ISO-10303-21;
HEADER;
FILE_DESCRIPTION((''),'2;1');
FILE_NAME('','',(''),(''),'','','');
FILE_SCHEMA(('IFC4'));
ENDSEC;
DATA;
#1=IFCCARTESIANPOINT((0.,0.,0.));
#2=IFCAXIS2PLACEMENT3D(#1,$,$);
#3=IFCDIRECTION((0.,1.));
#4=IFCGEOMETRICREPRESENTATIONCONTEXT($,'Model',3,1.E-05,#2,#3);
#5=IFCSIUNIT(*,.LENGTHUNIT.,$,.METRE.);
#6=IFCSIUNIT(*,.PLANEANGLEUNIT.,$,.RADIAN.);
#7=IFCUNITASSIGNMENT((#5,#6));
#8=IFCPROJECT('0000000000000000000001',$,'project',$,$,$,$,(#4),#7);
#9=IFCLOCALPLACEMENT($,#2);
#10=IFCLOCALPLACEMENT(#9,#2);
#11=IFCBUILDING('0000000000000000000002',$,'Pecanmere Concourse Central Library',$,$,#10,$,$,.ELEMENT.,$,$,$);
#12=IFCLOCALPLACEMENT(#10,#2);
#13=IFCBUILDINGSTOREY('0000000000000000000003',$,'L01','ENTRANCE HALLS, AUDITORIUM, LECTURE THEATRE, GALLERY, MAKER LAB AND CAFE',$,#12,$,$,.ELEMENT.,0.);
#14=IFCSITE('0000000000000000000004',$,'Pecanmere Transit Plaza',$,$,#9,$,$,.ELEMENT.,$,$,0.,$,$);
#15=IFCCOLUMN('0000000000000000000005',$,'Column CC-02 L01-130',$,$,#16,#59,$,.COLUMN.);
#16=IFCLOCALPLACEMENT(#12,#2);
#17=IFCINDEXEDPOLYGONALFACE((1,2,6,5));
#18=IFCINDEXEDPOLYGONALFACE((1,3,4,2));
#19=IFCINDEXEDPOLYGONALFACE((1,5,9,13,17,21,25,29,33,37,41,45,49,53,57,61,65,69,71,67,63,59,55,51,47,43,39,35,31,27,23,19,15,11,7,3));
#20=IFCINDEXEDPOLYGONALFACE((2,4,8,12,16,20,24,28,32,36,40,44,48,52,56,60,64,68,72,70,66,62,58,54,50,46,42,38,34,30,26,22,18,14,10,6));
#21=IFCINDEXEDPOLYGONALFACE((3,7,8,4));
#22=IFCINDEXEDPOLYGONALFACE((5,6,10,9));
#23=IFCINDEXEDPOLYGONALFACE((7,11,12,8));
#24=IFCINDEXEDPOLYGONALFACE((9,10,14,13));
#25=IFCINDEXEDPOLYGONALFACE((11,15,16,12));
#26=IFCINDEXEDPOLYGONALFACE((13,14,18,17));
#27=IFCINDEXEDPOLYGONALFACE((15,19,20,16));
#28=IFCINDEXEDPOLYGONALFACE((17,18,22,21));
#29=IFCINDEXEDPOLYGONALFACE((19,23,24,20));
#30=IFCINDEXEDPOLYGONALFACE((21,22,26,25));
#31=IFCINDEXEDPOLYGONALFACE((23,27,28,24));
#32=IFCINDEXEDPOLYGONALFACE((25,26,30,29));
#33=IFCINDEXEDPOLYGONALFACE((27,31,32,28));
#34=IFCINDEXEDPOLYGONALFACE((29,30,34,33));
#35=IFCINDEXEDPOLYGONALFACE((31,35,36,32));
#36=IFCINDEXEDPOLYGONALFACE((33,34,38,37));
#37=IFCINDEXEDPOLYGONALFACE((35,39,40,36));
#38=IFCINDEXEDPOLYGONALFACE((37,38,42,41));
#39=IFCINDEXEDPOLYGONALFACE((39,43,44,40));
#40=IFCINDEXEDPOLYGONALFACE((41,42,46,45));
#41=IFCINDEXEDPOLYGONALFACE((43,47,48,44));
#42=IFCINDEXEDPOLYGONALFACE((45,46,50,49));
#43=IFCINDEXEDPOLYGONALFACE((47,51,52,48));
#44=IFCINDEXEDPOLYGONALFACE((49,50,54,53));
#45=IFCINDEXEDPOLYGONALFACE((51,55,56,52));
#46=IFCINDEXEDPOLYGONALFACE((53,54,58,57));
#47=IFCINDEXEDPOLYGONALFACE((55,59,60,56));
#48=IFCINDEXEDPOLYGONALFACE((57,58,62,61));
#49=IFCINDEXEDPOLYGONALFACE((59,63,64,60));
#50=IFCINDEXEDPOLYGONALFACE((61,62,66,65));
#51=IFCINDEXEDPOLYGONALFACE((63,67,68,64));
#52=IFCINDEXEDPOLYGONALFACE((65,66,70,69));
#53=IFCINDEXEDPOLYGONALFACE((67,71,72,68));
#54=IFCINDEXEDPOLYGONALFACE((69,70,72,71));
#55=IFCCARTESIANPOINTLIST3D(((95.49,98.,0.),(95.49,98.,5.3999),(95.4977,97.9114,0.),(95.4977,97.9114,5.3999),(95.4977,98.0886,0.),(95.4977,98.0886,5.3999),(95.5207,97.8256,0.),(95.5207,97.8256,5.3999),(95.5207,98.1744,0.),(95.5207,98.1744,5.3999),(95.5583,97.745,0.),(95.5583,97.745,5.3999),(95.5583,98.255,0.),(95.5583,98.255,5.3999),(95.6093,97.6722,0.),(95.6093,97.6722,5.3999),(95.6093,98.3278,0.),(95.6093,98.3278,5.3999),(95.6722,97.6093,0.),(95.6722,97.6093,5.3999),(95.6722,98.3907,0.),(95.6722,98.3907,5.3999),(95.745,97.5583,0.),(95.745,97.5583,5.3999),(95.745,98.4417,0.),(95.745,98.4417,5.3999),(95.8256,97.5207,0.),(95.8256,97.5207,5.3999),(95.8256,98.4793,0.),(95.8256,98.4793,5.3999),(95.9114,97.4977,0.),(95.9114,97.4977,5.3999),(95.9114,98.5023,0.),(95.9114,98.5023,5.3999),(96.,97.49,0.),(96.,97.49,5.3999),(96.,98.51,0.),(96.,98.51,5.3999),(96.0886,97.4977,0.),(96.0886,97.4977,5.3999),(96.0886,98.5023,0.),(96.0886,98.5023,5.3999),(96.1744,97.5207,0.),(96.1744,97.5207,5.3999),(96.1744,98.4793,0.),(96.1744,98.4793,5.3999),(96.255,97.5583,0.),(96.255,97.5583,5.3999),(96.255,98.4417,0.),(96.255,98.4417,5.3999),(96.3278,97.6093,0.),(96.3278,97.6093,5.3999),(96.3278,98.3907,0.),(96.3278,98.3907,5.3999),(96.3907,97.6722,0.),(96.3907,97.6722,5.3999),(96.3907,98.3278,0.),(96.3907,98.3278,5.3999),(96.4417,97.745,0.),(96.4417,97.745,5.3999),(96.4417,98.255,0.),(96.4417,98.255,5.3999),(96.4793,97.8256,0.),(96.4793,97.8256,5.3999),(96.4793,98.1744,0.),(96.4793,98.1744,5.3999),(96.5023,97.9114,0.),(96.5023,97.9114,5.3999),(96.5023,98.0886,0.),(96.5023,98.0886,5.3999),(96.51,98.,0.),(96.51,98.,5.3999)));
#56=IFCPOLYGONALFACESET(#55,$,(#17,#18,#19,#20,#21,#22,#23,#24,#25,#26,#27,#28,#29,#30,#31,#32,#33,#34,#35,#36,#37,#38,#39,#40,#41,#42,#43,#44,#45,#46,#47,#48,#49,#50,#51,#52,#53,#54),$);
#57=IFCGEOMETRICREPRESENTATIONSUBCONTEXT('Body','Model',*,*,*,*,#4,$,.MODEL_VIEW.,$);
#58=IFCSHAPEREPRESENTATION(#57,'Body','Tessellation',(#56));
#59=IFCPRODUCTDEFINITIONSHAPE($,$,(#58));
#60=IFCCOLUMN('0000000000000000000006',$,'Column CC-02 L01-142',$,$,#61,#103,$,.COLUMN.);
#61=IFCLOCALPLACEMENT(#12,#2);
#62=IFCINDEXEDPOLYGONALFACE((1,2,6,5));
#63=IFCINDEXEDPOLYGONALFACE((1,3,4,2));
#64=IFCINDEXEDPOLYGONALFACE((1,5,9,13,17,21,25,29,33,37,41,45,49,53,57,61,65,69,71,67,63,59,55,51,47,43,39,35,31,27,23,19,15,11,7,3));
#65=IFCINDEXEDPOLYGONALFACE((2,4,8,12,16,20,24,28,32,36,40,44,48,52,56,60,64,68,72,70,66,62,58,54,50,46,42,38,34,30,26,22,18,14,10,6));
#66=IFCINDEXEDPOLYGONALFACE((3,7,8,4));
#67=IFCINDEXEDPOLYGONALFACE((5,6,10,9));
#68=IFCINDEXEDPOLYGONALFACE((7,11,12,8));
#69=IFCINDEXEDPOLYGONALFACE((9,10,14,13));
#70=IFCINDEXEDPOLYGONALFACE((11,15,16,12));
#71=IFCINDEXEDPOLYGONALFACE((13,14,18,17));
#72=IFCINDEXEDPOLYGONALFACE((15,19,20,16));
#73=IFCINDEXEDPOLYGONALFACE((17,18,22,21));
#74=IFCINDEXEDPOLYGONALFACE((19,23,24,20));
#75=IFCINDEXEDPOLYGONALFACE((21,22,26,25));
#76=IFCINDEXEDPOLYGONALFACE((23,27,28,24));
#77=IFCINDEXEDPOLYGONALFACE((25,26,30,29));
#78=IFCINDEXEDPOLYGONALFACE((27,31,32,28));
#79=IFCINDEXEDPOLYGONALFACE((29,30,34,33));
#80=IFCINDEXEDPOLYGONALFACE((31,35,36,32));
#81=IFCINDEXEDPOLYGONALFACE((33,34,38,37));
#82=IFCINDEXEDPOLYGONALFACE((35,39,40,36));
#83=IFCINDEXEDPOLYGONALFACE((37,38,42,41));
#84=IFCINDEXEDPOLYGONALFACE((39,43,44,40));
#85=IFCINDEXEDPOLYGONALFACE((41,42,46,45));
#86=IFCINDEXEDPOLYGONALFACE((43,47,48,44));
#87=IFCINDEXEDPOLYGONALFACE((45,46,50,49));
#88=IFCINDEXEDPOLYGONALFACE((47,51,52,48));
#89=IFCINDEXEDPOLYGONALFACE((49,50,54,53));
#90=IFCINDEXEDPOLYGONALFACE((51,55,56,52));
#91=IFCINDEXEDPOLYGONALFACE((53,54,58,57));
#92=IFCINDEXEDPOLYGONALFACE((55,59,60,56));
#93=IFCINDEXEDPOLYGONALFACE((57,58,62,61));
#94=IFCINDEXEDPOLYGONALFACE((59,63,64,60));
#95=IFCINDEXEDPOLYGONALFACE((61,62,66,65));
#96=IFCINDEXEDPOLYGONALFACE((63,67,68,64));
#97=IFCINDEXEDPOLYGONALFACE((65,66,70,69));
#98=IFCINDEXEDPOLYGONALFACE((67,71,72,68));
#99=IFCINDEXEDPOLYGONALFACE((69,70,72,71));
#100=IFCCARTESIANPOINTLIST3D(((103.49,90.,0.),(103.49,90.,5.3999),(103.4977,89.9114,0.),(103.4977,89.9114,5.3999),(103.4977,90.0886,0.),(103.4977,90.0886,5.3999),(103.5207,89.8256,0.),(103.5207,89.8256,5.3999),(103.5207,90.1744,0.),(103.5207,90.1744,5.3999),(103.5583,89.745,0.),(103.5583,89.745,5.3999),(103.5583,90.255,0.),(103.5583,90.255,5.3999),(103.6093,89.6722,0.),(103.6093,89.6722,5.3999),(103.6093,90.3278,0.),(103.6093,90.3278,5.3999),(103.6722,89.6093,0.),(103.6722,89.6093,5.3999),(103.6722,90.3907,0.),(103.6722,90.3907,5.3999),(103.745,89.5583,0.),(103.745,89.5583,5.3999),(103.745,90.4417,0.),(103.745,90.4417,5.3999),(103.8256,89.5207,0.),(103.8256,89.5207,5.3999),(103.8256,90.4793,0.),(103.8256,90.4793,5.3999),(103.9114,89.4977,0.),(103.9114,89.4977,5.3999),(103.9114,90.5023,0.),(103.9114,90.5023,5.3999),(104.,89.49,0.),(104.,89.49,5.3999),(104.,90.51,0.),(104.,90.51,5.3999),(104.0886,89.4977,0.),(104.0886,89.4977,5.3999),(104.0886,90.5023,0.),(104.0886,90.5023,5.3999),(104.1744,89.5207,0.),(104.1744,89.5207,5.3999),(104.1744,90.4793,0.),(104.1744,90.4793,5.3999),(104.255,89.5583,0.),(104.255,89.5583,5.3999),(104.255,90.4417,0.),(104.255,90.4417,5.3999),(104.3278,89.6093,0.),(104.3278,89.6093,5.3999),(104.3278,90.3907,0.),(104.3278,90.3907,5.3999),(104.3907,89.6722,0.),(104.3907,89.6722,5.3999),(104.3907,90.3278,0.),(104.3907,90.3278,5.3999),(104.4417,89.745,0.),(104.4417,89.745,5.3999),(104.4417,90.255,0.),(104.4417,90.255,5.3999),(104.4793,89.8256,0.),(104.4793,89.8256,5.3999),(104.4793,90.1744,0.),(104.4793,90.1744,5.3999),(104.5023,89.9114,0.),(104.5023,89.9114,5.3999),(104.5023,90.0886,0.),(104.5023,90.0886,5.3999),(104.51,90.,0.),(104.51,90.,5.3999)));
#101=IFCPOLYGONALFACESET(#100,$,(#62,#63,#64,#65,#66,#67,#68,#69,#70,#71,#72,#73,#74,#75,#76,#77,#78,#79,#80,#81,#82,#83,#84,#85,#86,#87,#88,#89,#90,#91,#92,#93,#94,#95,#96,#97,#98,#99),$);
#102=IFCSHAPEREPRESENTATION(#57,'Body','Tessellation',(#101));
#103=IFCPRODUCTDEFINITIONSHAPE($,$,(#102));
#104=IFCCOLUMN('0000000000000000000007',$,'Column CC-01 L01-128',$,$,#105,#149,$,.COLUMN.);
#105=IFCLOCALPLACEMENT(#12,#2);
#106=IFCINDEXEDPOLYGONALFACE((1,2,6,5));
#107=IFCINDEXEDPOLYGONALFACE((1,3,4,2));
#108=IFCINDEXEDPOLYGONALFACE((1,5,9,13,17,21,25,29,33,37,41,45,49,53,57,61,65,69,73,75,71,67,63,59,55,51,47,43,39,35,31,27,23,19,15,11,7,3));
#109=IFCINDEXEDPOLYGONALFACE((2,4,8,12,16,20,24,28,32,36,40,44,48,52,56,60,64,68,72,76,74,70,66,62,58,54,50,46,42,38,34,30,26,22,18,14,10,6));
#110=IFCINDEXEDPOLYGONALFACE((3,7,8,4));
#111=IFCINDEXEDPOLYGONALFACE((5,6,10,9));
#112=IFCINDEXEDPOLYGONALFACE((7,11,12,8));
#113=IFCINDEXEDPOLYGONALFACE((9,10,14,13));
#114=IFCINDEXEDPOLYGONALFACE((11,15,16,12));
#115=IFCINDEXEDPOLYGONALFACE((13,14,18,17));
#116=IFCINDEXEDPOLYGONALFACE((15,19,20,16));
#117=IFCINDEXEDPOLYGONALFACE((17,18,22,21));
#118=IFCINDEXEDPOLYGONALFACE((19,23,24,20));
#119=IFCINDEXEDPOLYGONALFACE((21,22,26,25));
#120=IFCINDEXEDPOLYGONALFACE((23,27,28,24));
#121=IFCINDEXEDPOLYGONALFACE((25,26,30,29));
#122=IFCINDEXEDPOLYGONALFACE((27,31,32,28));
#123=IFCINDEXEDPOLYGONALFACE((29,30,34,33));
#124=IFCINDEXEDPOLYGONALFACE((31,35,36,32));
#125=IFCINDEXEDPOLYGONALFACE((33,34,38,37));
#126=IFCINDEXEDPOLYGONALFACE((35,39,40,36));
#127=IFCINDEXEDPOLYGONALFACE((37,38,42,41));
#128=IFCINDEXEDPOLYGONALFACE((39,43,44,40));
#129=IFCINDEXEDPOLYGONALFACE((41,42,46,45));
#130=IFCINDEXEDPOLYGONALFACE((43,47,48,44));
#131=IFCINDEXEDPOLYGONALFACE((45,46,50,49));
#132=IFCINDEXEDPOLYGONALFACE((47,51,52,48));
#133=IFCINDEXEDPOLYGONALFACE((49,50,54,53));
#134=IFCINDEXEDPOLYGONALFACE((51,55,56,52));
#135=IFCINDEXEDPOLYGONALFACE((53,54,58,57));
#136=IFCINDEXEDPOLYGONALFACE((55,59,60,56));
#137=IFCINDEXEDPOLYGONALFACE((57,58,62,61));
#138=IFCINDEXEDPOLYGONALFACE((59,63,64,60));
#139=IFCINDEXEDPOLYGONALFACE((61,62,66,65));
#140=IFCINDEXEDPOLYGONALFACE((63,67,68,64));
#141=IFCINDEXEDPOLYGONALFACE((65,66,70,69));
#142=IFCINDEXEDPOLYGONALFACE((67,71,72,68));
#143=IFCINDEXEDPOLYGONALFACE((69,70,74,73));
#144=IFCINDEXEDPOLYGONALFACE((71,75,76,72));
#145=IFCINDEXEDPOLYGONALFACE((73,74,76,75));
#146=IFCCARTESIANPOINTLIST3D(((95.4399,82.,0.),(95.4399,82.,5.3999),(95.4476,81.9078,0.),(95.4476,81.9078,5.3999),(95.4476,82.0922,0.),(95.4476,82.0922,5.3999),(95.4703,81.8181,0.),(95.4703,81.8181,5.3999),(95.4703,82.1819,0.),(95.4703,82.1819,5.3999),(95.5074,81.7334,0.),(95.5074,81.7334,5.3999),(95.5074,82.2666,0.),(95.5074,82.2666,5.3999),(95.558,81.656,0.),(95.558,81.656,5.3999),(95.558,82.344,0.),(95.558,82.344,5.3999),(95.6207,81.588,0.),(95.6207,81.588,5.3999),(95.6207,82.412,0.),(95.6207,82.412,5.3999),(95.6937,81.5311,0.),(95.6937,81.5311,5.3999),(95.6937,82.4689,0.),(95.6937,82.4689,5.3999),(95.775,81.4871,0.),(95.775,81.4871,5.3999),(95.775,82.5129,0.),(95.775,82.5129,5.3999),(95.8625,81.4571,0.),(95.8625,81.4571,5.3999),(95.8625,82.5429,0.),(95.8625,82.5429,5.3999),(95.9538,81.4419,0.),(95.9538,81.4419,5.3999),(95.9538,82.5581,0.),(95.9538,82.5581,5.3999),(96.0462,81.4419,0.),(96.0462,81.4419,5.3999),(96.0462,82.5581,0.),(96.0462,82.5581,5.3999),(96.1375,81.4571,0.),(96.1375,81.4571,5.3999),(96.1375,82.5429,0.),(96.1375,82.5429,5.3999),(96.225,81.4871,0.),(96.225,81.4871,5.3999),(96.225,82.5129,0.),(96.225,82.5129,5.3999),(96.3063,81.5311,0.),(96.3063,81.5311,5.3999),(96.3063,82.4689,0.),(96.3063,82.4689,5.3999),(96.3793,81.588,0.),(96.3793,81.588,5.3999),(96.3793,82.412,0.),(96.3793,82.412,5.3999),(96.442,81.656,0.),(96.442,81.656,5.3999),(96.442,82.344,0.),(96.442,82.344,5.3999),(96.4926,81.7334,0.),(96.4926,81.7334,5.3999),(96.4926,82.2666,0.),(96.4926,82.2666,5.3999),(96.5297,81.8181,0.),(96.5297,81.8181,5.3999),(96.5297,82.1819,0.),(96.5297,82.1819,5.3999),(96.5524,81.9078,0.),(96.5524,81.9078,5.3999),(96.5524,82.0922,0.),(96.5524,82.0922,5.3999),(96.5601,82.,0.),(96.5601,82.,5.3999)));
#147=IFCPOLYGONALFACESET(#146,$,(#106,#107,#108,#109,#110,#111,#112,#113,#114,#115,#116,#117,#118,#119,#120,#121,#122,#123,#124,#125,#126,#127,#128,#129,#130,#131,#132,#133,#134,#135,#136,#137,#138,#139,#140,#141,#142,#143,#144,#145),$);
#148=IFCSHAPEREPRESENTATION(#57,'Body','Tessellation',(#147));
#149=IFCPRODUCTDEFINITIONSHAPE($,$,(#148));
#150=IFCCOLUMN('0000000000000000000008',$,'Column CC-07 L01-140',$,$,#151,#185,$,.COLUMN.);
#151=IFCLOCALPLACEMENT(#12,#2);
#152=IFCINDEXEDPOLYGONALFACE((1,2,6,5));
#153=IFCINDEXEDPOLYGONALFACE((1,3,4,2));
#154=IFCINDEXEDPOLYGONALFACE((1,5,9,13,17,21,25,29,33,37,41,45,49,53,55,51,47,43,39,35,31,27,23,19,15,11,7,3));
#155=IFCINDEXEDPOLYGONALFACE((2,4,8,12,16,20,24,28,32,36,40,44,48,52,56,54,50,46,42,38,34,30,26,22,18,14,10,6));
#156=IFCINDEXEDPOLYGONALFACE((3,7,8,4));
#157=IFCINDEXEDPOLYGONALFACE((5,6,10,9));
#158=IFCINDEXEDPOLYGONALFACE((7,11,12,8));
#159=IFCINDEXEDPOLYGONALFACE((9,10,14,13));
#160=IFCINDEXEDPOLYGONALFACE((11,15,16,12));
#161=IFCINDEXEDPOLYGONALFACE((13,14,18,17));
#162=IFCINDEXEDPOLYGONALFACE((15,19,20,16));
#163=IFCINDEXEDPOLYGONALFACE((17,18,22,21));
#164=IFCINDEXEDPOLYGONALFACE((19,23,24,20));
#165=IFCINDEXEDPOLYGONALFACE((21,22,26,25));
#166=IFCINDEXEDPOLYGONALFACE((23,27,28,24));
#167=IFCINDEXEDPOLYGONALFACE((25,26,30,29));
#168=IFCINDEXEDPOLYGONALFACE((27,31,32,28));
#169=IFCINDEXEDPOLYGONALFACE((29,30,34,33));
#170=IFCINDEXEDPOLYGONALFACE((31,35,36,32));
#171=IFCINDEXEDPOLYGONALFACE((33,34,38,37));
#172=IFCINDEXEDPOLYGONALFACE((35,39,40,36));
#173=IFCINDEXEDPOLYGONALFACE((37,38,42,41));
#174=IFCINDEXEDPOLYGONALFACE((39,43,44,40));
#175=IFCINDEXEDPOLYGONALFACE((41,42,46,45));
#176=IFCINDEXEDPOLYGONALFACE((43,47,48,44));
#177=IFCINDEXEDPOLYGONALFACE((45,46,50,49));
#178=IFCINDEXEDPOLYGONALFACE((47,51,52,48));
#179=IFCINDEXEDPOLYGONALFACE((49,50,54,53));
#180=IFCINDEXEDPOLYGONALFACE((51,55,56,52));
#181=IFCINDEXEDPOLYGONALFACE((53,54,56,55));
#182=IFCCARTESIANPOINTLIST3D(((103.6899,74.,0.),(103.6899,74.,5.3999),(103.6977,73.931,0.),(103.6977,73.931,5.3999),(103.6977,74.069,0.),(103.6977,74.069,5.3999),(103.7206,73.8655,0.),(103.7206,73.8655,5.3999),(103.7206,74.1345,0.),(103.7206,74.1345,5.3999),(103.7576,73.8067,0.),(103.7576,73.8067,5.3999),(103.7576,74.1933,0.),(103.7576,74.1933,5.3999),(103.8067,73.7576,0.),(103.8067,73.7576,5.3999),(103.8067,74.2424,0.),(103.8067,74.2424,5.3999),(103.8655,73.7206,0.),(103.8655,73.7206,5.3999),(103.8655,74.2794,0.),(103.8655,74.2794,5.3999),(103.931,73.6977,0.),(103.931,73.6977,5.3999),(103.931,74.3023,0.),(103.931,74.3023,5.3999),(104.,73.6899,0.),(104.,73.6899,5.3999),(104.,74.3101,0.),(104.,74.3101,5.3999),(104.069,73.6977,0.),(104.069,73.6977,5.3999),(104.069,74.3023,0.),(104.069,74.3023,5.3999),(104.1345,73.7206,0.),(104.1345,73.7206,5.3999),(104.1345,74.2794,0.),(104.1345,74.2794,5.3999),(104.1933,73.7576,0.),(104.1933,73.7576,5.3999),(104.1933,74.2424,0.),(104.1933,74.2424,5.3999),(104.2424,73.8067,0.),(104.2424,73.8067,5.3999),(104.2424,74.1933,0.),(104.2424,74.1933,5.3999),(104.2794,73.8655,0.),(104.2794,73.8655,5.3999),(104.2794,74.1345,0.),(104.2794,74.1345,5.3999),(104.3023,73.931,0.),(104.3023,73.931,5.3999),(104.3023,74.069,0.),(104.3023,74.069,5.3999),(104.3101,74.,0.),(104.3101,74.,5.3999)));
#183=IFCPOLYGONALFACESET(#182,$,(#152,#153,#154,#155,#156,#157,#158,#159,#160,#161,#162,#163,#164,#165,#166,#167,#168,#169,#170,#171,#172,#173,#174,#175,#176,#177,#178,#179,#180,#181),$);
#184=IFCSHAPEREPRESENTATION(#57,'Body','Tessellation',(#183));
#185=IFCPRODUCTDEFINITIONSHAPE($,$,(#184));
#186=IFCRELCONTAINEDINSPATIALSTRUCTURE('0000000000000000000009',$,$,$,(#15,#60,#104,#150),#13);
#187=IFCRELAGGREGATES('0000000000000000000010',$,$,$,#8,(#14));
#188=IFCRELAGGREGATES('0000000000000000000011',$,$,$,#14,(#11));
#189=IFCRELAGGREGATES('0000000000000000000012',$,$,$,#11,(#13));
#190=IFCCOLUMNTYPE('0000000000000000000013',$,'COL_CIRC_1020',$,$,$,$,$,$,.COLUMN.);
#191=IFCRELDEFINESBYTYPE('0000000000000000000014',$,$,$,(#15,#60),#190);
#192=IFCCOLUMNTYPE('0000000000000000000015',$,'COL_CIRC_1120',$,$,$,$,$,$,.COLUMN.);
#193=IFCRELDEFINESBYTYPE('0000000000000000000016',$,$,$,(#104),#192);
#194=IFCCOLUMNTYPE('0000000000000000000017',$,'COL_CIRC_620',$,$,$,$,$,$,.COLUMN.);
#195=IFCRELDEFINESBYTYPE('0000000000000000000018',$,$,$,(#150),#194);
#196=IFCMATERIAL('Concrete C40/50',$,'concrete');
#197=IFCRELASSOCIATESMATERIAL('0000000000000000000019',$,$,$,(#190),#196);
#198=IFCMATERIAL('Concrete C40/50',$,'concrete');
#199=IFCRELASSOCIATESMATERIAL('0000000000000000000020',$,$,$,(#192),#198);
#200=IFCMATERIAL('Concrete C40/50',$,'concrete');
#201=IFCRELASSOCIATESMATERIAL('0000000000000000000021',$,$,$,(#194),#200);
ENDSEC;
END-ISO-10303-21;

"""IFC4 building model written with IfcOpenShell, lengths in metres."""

from ifc_helpers import new_model, si_unit, direction, frame, origin, origin_2d, place, context, subcontext, project, spatial, circle, extrude, material, material_profile, profile_set, type_object, element, save


model = new_model("IFC4")

# Units and contexts
model_context = context("Model", 3, precision=1e-05, world=origin(), true_north=direction((0.0, 1.0)))
body_context = subcontext(model_context, "Body", "Model", "MODEL_VIEW")
ifc_project = project(units=[si_unit("LENGTHUNIT", "METRE"), si_unit("PLANEANGLEUNIT", "RADIAN")], contexts=[model_context])

# Site, building, storey
site_placement = place(None, origin())
site = spatial("IfcSite", under=ifc_project, at=site_placement, Name="Pecanmere Transit Plaza", CompositionType="ELEMENT", RefElevation=0.0)
building_placement = place(site_placement, origin())
building = spatial("IfcBuilding", under=site, at=building_placement, Name="Pecanmere Concourse Central Library", CompositionType="ELEMENT")
storey_placement = place(building_placement, origin())
storey = spatial("IfcBuildingStorey", under=building, at=storey_placement, Name="L01", Description="ENTRANCE HALLS, AUDITORIUM, LECTURE THEATRE, GALLERY, MAKER LAB AND CAFE", CompositionType="ELEMENT", Elevation=0.0)

# Columns
ifc_material_1 = material(Name="Concrete C40/50", Category="concrete")
ifc_material_profile_1 = material_profile(ifc_material_1, circle(Radius=0.51, at=origin_2d()), Name="RC D1020")
ifc_profile_set_1 = profile_set([ifc_material_profile_1], Name="Concrete C40/50")
column_type_1 = type_object("IfcColumnType", Name="COL_CIRC_1020", PredefinedType="COLUMN", material=ifc_profile_set_1)
for number, where, z_axis, x_axis, name in (
    (1, (96.0, 98.0, 0.0), (0.0, 0.0, 1.0), (1.0, 0.0, 0.0), "Column CC-02 L01-130"),
    (2, (104.0, 90.0, 0.0), (0.0, 0.0, 1.0), (1.0, 0.0, 0.0), "Column CC-02 L01-142"),
):
    element("IfcColumn", number, at=place(storey_placement, frame(where, z_axis=z_axis, x_axis=x_axis)), inside=storey, type_object=column_type_1, Name=name, PredefinedType="COLUMN", context=body_context, shape_type="SweptSolid", body=[
        extrude(circle(Radius=0.51, at=origin_2d()), origin(), (0.0, 0.0, 1.0), 5.3999),
    ])
ifc_material_2 = material(Name="Concrete C40/50", Category="concrete")
ifc_material_profile_2 = material_profile(ifc_material_2, circle(Radius=0.5601, at=origin_2d()), Name="RC D1120")
ifc_profile_set_2 = profile_set([ifc_material_profile_2], Name="Concrete C40/50")
column_type_2 = type_object("IfcColumnType", Name="COL_CIRC_1120", PredefinedType="COLUMN", material=ifc_profile_set_2)
column_placement = place(storey_placement, frame((96.0, 82.0, 0.0), z_axis=(0.0, 0.0, 1.0), x_axis=(1.0, 0.0, 0.0)))
element("IfcColumn", 3, at=column_placement, inside=storey, type_object=column_type_2, Name="Column CC-01 L01-128", PredefinedType="COLUMN", context=body_context, shape_type="SweptSolid", body=[
    extrude(circle(Radius=0.5601, at=origin_2d()), origin(), (0.0, 0.0, 1.0), 5.3999),
])
ifc_material_3 = material(Name="Concrete C40/50", Category="concrete")
ifc_material_profile_3 = material_profile(ifc_material_3, circle(Radius=0.3101, at=origin_2d()), Name="RC D620")
ifc_profile_set_3 = profile_set([ifc_material_profile_3], Name="Concrete C40/50")
column_type_3 = type_object("IfcColumnType", Name="COL_CIRC_620", PredefinedType="COLUMN", material=ifc_profile_set_3)
for number, where, z_axis, x_axis, name in (
    (4, (104.0, 74.0, 0.0), (0.0, 0.0, 1.0), (1.0, 0.0, 0.0), "Column CC-07 L01-140"),
):
    element("IfcColumn", number, at=place(storey_placement, frame(where, z_axis=z_axis, x_axis=x_axis)), inside=storey, type_object=column_type_3, Name=name, PredefinedType="COLUMN", context=body_context, shape_type="SweptSolid", body=[
        extrude(circle(Radius=0.3101, at=origin_2d()), origin(), (0.0, 0.0, 1.0), 5.3999),
    ])

save(model, "model.ifc")
